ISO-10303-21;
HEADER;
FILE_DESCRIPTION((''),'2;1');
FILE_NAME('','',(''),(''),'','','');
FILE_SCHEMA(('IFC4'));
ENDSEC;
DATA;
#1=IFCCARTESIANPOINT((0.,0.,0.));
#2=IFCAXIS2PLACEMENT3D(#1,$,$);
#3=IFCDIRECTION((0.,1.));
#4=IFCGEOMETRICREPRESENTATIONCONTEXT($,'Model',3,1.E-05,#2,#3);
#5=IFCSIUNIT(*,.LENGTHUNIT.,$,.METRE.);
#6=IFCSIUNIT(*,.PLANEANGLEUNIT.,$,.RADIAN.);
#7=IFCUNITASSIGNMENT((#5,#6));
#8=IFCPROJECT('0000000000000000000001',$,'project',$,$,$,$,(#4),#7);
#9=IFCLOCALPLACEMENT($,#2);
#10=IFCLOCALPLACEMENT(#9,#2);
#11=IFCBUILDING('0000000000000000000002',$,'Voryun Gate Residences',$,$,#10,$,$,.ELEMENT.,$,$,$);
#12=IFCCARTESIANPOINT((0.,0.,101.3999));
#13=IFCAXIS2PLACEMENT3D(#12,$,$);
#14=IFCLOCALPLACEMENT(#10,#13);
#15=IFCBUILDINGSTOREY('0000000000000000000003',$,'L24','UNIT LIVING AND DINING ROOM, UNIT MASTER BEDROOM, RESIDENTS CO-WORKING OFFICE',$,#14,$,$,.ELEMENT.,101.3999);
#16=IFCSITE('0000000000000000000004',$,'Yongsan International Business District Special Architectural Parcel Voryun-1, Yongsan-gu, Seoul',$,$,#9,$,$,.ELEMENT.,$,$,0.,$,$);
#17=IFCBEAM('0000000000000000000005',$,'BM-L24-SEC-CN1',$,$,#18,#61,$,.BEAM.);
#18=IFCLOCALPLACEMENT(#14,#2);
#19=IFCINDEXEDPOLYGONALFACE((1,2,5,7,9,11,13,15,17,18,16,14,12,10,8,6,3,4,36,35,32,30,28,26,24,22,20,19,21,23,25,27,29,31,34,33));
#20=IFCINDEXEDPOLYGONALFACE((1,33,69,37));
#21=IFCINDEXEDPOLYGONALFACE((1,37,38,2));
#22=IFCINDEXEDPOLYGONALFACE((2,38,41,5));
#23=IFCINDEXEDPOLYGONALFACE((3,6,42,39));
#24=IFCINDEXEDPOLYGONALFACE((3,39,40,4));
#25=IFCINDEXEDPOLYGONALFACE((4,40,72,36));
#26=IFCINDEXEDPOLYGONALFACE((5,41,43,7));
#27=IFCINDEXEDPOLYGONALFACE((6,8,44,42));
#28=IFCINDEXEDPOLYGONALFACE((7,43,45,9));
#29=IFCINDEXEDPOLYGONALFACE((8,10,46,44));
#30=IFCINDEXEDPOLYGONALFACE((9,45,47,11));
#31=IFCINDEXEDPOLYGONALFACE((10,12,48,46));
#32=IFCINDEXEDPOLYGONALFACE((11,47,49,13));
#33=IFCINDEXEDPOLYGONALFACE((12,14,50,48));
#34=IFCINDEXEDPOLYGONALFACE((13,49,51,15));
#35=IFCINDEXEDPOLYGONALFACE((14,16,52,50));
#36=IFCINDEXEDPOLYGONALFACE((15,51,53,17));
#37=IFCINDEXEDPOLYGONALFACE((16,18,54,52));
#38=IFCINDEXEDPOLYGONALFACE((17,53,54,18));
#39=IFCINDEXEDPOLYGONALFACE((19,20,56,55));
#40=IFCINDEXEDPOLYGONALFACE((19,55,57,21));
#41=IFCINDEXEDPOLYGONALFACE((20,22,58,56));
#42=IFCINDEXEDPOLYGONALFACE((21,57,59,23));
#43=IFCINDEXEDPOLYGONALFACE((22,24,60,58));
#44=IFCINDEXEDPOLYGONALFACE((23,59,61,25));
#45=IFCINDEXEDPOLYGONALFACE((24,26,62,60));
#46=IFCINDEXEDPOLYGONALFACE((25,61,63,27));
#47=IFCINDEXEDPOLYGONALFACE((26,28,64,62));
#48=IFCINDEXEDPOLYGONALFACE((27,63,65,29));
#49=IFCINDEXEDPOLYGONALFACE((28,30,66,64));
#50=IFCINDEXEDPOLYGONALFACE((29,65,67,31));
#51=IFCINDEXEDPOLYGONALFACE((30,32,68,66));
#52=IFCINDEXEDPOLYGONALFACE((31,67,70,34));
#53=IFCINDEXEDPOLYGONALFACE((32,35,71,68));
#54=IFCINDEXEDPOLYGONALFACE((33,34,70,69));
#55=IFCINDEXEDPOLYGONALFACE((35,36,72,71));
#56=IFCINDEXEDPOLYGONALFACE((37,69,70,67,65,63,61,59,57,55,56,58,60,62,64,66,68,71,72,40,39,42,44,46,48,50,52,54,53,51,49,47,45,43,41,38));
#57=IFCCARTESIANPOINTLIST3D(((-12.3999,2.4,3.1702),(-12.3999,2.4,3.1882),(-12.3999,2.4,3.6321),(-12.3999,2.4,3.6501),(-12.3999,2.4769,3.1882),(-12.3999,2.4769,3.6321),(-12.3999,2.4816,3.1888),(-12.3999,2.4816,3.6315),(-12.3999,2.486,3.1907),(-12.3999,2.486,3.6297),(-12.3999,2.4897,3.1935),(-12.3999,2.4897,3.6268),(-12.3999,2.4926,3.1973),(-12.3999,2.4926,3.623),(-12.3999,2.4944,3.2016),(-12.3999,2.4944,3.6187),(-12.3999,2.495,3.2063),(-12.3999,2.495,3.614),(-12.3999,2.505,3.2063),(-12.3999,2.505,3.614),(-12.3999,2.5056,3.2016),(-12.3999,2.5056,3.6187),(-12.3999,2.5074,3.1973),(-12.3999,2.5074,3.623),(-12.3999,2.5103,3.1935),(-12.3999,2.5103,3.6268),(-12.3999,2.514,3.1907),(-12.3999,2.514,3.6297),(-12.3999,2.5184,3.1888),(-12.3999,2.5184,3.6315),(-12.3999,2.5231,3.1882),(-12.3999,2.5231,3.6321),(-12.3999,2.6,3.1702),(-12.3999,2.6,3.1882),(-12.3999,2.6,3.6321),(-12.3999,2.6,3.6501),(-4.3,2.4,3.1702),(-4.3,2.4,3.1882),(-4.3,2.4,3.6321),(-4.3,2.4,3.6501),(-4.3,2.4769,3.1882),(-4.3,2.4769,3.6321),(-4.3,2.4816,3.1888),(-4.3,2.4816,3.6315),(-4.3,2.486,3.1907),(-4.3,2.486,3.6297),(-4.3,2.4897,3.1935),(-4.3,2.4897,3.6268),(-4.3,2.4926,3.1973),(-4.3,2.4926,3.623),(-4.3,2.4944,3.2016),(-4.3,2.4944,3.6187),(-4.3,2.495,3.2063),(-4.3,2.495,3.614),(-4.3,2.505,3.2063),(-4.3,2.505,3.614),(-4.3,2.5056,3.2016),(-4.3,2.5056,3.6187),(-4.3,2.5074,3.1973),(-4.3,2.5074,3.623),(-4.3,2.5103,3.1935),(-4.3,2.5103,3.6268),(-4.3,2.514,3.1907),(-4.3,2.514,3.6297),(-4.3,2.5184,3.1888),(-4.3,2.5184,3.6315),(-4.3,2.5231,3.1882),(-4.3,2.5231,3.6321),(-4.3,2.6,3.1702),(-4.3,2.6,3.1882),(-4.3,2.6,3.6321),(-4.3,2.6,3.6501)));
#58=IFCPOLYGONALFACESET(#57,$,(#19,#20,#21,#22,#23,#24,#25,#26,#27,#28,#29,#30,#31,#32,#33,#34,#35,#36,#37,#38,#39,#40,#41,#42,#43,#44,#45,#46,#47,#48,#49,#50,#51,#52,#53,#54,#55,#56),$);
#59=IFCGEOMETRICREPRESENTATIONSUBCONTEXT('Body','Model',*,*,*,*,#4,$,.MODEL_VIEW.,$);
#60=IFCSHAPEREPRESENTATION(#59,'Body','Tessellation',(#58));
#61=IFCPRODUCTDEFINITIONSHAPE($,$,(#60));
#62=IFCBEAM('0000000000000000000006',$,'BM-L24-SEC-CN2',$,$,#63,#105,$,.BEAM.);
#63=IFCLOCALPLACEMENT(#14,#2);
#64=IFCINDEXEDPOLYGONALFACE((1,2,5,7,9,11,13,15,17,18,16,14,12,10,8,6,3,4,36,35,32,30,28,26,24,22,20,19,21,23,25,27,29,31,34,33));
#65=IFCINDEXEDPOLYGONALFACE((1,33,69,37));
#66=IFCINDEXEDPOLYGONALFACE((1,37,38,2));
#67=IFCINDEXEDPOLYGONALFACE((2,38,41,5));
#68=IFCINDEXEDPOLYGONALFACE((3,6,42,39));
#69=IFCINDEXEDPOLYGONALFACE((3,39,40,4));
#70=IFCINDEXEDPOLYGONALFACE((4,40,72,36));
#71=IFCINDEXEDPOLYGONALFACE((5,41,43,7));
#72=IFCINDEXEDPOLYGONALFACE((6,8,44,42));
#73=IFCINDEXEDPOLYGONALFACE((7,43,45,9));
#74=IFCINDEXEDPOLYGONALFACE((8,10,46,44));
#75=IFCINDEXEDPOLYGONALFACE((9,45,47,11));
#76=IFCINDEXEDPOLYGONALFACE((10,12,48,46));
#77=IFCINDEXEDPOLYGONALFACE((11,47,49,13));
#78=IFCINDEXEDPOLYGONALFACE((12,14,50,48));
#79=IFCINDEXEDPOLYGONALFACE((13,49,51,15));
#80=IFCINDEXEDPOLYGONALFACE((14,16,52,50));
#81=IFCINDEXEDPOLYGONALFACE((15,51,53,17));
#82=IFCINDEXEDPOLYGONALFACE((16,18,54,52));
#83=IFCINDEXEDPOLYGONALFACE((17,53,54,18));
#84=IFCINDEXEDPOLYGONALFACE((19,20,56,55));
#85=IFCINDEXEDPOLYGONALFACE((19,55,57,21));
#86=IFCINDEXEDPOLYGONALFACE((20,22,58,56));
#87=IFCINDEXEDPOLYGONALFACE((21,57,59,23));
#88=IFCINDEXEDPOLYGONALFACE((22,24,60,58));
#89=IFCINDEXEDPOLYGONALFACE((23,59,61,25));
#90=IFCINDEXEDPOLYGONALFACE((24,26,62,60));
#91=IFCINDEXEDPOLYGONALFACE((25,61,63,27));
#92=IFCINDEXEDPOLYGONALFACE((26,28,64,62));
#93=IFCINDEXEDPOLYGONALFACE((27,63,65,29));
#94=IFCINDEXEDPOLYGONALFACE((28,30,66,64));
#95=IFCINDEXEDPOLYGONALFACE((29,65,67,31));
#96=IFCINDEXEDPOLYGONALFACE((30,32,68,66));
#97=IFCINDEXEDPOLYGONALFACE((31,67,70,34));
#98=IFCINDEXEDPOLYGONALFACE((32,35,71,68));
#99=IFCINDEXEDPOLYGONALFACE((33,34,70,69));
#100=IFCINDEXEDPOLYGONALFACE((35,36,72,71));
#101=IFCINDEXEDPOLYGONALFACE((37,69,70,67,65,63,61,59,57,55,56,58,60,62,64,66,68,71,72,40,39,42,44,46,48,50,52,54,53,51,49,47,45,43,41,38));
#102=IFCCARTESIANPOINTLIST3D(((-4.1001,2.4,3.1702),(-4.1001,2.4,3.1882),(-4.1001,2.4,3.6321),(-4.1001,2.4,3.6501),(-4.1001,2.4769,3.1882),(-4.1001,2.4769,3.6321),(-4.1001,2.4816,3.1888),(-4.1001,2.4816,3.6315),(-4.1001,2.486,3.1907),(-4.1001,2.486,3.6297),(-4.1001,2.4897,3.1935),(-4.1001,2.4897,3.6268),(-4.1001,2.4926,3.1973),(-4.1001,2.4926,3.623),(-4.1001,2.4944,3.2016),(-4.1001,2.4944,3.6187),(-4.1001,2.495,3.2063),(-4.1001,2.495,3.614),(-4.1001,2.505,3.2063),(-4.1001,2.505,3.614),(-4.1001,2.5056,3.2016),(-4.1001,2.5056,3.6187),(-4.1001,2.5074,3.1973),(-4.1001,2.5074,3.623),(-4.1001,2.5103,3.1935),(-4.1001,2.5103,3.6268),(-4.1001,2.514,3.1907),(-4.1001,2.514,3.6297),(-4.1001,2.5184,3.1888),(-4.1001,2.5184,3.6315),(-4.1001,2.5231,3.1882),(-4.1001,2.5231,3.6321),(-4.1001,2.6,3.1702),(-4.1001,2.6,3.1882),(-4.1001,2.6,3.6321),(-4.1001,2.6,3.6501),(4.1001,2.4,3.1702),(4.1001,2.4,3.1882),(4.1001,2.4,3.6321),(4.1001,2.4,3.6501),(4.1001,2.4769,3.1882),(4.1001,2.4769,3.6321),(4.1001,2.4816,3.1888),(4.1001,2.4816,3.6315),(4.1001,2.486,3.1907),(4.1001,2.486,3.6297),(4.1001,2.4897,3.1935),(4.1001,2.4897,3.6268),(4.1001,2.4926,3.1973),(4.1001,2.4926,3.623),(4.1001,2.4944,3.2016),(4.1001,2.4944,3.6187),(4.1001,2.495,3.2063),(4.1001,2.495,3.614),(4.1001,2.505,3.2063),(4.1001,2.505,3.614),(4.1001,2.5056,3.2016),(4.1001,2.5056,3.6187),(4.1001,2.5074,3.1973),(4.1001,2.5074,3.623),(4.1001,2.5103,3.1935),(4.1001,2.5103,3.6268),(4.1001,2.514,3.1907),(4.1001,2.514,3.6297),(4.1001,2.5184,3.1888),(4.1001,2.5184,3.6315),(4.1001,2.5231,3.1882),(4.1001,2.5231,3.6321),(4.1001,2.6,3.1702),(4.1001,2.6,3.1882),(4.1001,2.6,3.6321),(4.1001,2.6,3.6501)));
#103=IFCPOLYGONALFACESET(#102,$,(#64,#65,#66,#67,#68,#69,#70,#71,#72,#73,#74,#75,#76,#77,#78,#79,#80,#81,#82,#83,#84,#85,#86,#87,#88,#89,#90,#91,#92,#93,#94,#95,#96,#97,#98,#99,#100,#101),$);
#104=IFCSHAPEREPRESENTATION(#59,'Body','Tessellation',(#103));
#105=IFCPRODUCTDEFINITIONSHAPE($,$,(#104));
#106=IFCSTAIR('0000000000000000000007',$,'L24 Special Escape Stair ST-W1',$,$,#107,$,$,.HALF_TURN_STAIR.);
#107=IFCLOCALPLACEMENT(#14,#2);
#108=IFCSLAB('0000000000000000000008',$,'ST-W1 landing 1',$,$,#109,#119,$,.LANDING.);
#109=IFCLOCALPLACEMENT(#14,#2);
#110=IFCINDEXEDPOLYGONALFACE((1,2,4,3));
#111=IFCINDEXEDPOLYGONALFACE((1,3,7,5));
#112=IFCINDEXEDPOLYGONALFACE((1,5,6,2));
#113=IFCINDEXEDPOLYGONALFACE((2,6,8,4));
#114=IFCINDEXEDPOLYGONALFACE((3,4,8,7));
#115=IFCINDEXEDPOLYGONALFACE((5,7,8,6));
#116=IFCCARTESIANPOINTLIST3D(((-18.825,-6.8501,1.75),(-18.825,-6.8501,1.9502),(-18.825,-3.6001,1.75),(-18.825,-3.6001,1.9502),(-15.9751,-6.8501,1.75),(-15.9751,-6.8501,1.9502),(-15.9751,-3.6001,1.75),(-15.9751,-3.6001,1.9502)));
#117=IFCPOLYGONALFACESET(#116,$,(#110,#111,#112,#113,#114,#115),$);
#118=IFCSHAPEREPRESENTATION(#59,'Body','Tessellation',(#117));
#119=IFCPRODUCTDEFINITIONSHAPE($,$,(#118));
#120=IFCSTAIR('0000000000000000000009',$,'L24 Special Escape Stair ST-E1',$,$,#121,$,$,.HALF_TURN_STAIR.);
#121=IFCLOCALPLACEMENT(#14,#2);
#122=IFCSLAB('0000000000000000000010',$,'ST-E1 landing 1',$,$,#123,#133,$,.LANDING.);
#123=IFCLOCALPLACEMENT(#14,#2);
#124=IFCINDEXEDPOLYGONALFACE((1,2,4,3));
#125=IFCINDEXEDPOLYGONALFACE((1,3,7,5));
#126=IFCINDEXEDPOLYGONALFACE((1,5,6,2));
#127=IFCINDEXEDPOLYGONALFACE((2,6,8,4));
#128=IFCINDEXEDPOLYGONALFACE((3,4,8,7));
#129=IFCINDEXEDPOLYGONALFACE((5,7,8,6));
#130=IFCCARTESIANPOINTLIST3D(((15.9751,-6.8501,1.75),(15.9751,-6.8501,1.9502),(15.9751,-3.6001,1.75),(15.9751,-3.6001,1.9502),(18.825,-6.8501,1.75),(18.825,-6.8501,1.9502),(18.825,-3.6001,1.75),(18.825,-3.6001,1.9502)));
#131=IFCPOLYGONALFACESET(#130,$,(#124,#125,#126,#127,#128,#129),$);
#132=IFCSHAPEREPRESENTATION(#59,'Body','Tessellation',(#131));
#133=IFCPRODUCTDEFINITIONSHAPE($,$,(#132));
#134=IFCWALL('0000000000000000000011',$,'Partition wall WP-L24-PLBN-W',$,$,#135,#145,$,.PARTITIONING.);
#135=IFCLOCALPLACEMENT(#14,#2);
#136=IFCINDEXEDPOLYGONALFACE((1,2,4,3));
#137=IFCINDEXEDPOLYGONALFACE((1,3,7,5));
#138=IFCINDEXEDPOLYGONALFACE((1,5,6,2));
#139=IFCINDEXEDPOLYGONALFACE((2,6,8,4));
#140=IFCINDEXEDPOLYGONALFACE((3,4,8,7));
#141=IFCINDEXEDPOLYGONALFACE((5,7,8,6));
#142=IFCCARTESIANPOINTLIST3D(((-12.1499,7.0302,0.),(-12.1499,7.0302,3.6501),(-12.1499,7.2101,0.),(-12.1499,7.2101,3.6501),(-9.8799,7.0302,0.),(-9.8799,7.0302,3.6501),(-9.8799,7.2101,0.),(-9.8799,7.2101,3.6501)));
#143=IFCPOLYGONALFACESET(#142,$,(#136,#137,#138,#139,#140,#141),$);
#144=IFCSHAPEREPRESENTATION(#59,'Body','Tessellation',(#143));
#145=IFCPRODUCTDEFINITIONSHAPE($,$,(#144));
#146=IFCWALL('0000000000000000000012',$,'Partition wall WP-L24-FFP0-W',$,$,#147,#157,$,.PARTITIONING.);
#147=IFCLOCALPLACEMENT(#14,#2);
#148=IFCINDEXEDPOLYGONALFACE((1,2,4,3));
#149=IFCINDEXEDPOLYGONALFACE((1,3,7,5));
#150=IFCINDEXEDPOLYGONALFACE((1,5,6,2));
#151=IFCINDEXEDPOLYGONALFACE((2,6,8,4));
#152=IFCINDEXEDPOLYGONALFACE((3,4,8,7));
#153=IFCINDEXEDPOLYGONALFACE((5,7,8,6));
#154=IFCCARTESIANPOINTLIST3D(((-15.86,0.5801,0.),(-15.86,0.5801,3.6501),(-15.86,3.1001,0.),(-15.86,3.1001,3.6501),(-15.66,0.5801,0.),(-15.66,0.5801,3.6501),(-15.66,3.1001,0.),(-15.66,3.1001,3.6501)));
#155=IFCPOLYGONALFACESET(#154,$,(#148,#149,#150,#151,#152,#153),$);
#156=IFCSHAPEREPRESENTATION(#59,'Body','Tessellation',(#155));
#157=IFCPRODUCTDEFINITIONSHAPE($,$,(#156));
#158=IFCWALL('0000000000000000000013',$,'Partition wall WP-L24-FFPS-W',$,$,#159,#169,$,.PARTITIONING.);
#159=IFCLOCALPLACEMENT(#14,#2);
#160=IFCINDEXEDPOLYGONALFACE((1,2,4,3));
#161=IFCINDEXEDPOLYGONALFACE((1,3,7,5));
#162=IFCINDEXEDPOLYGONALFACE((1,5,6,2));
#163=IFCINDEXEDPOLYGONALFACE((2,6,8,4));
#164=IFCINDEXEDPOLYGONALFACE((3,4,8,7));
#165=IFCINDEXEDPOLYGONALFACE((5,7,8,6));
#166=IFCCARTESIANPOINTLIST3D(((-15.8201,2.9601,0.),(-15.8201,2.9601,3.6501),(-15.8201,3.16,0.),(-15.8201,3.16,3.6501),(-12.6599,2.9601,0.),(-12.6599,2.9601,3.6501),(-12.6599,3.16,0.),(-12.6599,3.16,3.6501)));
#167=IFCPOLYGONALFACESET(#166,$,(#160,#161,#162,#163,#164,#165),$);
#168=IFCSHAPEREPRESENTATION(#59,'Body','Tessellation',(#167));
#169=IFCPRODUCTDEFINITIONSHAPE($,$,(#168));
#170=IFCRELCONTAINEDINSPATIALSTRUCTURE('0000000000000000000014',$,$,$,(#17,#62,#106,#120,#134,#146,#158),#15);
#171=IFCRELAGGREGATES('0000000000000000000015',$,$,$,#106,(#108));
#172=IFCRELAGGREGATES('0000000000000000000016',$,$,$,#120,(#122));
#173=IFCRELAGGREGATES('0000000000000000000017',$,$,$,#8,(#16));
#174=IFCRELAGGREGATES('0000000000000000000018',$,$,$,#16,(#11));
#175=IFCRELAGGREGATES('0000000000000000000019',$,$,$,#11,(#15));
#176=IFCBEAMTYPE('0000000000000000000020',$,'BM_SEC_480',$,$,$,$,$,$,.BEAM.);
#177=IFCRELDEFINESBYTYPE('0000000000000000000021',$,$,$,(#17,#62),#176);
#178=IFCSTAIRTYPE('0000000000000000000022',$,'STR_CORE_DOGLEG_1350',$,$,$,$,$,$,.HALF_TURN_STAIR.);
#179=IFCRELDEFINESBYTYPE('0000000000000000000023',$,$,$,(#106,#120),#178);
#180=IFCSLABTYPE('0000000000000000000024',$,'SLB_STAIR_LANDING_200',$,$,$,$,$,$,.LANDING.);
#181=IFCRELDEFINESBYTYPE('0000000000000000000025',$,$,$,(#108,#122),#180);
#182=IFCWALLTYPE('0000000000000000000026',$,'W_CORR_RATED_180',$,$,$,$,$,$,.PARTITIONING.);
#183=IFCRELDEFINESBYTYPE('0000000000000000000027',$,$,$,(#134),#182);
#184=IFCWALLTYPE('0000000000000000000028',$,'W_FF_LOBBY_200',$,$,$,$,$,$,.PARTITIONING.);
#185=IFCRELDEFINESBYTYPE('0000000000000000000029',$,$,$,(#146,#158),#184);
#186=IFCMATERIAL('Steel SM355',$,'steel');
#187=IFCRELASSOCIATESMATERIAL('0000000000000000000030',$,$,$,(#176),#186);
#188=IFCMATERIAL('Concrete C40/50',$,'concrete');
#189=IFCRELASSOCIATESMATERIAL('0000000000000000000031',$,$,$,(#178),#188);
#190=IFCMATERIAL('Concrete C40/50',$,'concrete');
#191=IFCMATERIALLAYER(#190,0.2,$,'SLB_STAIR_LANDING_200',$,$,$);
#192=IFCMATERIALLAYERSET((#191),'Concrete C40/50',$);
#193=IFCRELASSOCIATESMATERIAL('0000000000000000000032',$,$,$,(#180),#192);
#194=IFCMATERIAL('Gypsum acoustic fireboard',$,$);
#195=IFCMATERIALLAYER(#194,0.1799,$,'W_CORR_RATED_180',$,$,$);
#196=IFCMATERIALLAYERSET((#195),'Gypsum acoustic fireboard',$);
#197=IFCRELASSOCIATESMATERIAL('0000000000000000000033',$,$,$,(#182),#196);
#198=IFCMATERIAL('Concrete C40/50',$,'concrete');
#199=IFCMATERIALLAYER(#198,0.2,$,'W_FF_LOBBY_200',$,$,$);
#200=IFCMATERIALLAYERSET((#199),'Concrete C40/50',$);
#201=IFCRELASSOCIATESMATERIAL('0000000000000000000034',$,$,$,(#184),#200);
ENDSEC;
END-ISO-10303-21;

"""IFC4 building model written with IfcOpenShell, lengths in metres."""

from ifc_helpers import new_model, si_unit, direction, frame, frame_2d, origin, origin_2d, place, context, subcontext, project, spatial, polyline, rectangle, i_section, outline, extrude, material, layer, layer_set, material_profile, profile_set, type_object, element, aggregate, save


model = new_model("IFC4")

# Units and contexts
model_context = context("Model", 3, precision=1e-05, world=origin(), true_north=direction((0.0, 1.0)))
body_context = subcontext(model_context, "Body", "Model", "MODEL_VIEW")
ifc_project = project(units=[si_unit("LENGTHUNIT", "METRE"), si_unit("PLANEANGLEUNIT", "RADIAN")], contexts=[model_context])

# Site, building, storey
site_placement = place(None, origin())
site = spatial("IfcSite", under=ifc_project, at=site_placement, Name="Yongsan International Business District Special Architectural Parcel Voryun-1, Yongsan-gu, Seoul", CompositionType="ELEMENT", RefElevation=0.0)
building_placement = place(site_placement, origin())
building = spatial("IfcBuilding", under=site, at=building_placement, Name="Voryun Gate Residences", CompositionType="ELEMENT")
storey_placement = place(building_placement, frame((0.0, 0.0, 101.3999)))
storey = spatial("IfcBuildingStorey", under=building, at=storey_placement, Name="L24", Description="UNIT LIVING AND DINING ROOM, UNIT MASTER BEDROOM, RESIDENTS CO-WORKING OFFICE", CompositionType="ELEMENT", Elevation=101.3999)

# Beams
ifc_material_1 = material(Name="Steel SM355", Category="steel")
ifc_material_profile_1 = material_profile(ifc_material_1, i_section(OverallWidth=0.2, OverallDepth=0.48, WebThickness=0.01, FlangeThickness=0.0181, FilletRadius=0.0181, at=origin_2d()), Name="H-480x200x10x18")
ifc_profile_set_1 = profile_set([ifc_material_profile_1], Name="Steel SM355")
beam_type_1 = type_object("IfcBeamType", Name="BM_SEC_480", PredefinedType="BEAM", material=ifc_profile_set_1)
beam_1_placement = place(storey_placement, frame((-12.3999, 2.5, 3.4102), z_axis=(1.0, 0.0, 0.0), x_axis=(0.0, 1.0, 0.0)))
element("IfcBeam", 1, at=beam_1_placement, inside=storey, type_object=beam_type_1, Name="BM-L24-SEC-CN1", PredefinedType="BEAM", context=body_context, shape_type="SweptSolid", body=[
    extrude(i_section(OverallWidth=0.2, OverallDepth=0.48, WebThickness=0.01, FlangeThickness=0.0181, FilletRadius=0.0181, at=origin_2d()), origin(), (0.0, 0.0, 1.0), 8.0999),
])
beam_2_placement = place(storey_placement, frame((-4.1001, 2.5, 3.4102), z_axis=(1.0, 0.0, 0.0), x_axis=(0.0, 1.0, 0.0)))
element("IfcBeam", 2, at=beam_2_placement, inside=storey, type_object=beam_type_1, Name="BM-L24-SEC-CN2", PredefinedType="BEAM", context=body_context, shape_type="SweptSolid", body=[
    extrude(i_section(OverallWidth=0.2, OverallDepth=0.48, WebThickness=0.01, FlangeThickness=0.0181, FilletRadius=0.0181, at=origin_2d()), origin(), (0.0, 0.0, 1.0), 8.2002),
])

# Stairs, slabs
ifc_material_2 = material(Name="Concrete C40/50", Category="concrete")
stair_type = type_object("IfcStairType", Name="STR_CORE_DOGLEG_1350", PredefinedType="HALF_TURN_STAIR", material=ifc_material_2)
stair_1_placement = place(storey_placement, origin())
stair_1 = element("IfcStair", 3, at=stair_1_placement, inside=storey, type_object=stair_type, Name="L24 Special Escape Stair ST-W1", PredefinedType="HALF_TURN_STAIR")
ifc_material_3 = material(Name="Concrete C40/50", Category="concrete")
ifc_layer_1 = layer(ifc_material_3, 0.2, Name="SLB_STAIR_LANDING_200")
ifc_layer_set_1 = layer_set([ifc_layer_1], Name="Concrete C40/50")
slab_type = type_object("IfcSlabType", Name="SLB_STAIR_LANDING_200", PredefinedType="LANDING", material=ifc_layer_set_1)
slab_1_placement = place(storey_placement, frame((0.0, 0.0, 1.75)))
slab_1 = element("IfcSlab", 4, at=slab_1_placement, type_object=slab_type, Name="ST-W1 landing 1", PredefinedType="LANDING", context=body_context, shape_type="SweptSolid", body=[
    extrude(outline(polyline([(-18.825, -3.6001), (-18.825, -6.8501), (-15.9751, -6.8501), (-15.9751, -3.6001), (-18.825, -3.6001)])), origin(), (0.0, 0.0, 1.0), 0.2002),
])
aggregate(stair_1, [slab_1])
stair_2_placement = place(storey_placement, origin())
stair_2 = element("IfcStair", 5, at=stair_2_placement, inside=storey, type_object=stair_type, Name="L24 Special Escape Stair ST-E1", PredefinedType="HALF_TURN_STAIR")
slab_2_placement = place(storey_placement, frame((0.0, 0.0, 1.75)))
slab_2 = element("IfcSlab", 6, at=slab_2_placement, type_object=slab_type, Name="ST-E1 landing 1", PredefinedType="LANDING", context=body_context, shape_type="SweptSolid", body=[
    extrude(outline(polyline([(15.9751, -3.6001), (15.9751, -6.8501), (18.825, -6.8501), (18.825, -3.6001), (15.9751, -3.6001)])), origin(), (0.0, 0.0, 1.0), 0.2002),
])
aggregate(stair_2, [slab_2])

# Walls
ifc_material_4 = material(Name="Gypsum acoustic fireboard")
ifc_layer_2 = layer(ifc_material_4, 0.1799, Name="W_CORR_RATED_180")
ifc_layer_set_2 = layer_set([ifc_layer_2], Name="Gypsum acoustic fireboard")
wall_type_1 = type_object("IfcWallType", Name="W_CORR_RATED_180", PredefinedType="PARTITIONING", material=ifc_layer_set_2)
wall_1_placement = place(storey_placement, frame((-12.1499, 7.1201, 0.0), z_axis=(0.0, 0.0, 1.0), x_axis=(1.0, 0.0, 0.0)))
element("IfcWall", 7, at=wall_1_placement, inside=storey, type_object=wall_type_1, Name="Partition wall WP-L24-PLBN-W", PredefinedType="PARTITIONING", context=body_context, shape_type="SweptSolid", body=[
    extrude(rectangle(XDim=2.27, YDim=0.1799, at=frame_2d((1.135, 0.0))), origin(), (0.0, 0.0, 1.0), 3.6501),
])
ifc_material_5 = material(Name="Concrete C40/50", Category="concrete")
ifc_layer_3 = layer(ifc_material_5, 0.2, Name="W_FF_LOBBY_200")
ifc_layer_set_3 = layer_set([ifc_layer_3], Name="Concrete C40/50")
wall_type_2 = type_object("IfcWallType", Name="W_FF_LOBBY_200", PredefinedType="PARTITIONING", material=ifc_layer_set_3)
wall_2_placement = place(storey_placement, frame((-15.76, 0.5801, 0.0), z_axis=(0.0, 0.0, 1.0), x_axis=(0.0, 1.0, 0.0)))
element("IfcWall", 8, at=wall_2_placement, inside=storey, type_object=wall_type_2, Name="Partition wall WP-L24-FFP0-W", PredefinedType="PARTITIONING", context=body_context, shape_type="SweptSolid", body=[
    extrude(rectangle(XDim=2.52, YDim=0.2, at=frame_2d((1.26, 0.0))), origin(), (0.0, 0.0, 1.0), 3.6501),
])
wall_3_placement = place(storey_placement, frame((-15.8201, 3.0601, 0.0), z_axis=(0.0, 0.0, 1.0), x_axis=(1.0, 0.0, 0.0)))
element("IfcWall", 9, at=wall_3_placement, inside=storey, type_object=wall_type_2, Name="Partition wall WP-L24-FFPS-W", PredefinedType="PARTITIONING", context=body_context, shape_type="SweptSolid", body=[
    extrude(rectangle(XDim=3.1602, YDim=0.2, at=frame_2d((1.5801, 0.0))), origin(), (0.0, 0.0, 1.0), 3.6501),
])

save(model, "model.ifc")
